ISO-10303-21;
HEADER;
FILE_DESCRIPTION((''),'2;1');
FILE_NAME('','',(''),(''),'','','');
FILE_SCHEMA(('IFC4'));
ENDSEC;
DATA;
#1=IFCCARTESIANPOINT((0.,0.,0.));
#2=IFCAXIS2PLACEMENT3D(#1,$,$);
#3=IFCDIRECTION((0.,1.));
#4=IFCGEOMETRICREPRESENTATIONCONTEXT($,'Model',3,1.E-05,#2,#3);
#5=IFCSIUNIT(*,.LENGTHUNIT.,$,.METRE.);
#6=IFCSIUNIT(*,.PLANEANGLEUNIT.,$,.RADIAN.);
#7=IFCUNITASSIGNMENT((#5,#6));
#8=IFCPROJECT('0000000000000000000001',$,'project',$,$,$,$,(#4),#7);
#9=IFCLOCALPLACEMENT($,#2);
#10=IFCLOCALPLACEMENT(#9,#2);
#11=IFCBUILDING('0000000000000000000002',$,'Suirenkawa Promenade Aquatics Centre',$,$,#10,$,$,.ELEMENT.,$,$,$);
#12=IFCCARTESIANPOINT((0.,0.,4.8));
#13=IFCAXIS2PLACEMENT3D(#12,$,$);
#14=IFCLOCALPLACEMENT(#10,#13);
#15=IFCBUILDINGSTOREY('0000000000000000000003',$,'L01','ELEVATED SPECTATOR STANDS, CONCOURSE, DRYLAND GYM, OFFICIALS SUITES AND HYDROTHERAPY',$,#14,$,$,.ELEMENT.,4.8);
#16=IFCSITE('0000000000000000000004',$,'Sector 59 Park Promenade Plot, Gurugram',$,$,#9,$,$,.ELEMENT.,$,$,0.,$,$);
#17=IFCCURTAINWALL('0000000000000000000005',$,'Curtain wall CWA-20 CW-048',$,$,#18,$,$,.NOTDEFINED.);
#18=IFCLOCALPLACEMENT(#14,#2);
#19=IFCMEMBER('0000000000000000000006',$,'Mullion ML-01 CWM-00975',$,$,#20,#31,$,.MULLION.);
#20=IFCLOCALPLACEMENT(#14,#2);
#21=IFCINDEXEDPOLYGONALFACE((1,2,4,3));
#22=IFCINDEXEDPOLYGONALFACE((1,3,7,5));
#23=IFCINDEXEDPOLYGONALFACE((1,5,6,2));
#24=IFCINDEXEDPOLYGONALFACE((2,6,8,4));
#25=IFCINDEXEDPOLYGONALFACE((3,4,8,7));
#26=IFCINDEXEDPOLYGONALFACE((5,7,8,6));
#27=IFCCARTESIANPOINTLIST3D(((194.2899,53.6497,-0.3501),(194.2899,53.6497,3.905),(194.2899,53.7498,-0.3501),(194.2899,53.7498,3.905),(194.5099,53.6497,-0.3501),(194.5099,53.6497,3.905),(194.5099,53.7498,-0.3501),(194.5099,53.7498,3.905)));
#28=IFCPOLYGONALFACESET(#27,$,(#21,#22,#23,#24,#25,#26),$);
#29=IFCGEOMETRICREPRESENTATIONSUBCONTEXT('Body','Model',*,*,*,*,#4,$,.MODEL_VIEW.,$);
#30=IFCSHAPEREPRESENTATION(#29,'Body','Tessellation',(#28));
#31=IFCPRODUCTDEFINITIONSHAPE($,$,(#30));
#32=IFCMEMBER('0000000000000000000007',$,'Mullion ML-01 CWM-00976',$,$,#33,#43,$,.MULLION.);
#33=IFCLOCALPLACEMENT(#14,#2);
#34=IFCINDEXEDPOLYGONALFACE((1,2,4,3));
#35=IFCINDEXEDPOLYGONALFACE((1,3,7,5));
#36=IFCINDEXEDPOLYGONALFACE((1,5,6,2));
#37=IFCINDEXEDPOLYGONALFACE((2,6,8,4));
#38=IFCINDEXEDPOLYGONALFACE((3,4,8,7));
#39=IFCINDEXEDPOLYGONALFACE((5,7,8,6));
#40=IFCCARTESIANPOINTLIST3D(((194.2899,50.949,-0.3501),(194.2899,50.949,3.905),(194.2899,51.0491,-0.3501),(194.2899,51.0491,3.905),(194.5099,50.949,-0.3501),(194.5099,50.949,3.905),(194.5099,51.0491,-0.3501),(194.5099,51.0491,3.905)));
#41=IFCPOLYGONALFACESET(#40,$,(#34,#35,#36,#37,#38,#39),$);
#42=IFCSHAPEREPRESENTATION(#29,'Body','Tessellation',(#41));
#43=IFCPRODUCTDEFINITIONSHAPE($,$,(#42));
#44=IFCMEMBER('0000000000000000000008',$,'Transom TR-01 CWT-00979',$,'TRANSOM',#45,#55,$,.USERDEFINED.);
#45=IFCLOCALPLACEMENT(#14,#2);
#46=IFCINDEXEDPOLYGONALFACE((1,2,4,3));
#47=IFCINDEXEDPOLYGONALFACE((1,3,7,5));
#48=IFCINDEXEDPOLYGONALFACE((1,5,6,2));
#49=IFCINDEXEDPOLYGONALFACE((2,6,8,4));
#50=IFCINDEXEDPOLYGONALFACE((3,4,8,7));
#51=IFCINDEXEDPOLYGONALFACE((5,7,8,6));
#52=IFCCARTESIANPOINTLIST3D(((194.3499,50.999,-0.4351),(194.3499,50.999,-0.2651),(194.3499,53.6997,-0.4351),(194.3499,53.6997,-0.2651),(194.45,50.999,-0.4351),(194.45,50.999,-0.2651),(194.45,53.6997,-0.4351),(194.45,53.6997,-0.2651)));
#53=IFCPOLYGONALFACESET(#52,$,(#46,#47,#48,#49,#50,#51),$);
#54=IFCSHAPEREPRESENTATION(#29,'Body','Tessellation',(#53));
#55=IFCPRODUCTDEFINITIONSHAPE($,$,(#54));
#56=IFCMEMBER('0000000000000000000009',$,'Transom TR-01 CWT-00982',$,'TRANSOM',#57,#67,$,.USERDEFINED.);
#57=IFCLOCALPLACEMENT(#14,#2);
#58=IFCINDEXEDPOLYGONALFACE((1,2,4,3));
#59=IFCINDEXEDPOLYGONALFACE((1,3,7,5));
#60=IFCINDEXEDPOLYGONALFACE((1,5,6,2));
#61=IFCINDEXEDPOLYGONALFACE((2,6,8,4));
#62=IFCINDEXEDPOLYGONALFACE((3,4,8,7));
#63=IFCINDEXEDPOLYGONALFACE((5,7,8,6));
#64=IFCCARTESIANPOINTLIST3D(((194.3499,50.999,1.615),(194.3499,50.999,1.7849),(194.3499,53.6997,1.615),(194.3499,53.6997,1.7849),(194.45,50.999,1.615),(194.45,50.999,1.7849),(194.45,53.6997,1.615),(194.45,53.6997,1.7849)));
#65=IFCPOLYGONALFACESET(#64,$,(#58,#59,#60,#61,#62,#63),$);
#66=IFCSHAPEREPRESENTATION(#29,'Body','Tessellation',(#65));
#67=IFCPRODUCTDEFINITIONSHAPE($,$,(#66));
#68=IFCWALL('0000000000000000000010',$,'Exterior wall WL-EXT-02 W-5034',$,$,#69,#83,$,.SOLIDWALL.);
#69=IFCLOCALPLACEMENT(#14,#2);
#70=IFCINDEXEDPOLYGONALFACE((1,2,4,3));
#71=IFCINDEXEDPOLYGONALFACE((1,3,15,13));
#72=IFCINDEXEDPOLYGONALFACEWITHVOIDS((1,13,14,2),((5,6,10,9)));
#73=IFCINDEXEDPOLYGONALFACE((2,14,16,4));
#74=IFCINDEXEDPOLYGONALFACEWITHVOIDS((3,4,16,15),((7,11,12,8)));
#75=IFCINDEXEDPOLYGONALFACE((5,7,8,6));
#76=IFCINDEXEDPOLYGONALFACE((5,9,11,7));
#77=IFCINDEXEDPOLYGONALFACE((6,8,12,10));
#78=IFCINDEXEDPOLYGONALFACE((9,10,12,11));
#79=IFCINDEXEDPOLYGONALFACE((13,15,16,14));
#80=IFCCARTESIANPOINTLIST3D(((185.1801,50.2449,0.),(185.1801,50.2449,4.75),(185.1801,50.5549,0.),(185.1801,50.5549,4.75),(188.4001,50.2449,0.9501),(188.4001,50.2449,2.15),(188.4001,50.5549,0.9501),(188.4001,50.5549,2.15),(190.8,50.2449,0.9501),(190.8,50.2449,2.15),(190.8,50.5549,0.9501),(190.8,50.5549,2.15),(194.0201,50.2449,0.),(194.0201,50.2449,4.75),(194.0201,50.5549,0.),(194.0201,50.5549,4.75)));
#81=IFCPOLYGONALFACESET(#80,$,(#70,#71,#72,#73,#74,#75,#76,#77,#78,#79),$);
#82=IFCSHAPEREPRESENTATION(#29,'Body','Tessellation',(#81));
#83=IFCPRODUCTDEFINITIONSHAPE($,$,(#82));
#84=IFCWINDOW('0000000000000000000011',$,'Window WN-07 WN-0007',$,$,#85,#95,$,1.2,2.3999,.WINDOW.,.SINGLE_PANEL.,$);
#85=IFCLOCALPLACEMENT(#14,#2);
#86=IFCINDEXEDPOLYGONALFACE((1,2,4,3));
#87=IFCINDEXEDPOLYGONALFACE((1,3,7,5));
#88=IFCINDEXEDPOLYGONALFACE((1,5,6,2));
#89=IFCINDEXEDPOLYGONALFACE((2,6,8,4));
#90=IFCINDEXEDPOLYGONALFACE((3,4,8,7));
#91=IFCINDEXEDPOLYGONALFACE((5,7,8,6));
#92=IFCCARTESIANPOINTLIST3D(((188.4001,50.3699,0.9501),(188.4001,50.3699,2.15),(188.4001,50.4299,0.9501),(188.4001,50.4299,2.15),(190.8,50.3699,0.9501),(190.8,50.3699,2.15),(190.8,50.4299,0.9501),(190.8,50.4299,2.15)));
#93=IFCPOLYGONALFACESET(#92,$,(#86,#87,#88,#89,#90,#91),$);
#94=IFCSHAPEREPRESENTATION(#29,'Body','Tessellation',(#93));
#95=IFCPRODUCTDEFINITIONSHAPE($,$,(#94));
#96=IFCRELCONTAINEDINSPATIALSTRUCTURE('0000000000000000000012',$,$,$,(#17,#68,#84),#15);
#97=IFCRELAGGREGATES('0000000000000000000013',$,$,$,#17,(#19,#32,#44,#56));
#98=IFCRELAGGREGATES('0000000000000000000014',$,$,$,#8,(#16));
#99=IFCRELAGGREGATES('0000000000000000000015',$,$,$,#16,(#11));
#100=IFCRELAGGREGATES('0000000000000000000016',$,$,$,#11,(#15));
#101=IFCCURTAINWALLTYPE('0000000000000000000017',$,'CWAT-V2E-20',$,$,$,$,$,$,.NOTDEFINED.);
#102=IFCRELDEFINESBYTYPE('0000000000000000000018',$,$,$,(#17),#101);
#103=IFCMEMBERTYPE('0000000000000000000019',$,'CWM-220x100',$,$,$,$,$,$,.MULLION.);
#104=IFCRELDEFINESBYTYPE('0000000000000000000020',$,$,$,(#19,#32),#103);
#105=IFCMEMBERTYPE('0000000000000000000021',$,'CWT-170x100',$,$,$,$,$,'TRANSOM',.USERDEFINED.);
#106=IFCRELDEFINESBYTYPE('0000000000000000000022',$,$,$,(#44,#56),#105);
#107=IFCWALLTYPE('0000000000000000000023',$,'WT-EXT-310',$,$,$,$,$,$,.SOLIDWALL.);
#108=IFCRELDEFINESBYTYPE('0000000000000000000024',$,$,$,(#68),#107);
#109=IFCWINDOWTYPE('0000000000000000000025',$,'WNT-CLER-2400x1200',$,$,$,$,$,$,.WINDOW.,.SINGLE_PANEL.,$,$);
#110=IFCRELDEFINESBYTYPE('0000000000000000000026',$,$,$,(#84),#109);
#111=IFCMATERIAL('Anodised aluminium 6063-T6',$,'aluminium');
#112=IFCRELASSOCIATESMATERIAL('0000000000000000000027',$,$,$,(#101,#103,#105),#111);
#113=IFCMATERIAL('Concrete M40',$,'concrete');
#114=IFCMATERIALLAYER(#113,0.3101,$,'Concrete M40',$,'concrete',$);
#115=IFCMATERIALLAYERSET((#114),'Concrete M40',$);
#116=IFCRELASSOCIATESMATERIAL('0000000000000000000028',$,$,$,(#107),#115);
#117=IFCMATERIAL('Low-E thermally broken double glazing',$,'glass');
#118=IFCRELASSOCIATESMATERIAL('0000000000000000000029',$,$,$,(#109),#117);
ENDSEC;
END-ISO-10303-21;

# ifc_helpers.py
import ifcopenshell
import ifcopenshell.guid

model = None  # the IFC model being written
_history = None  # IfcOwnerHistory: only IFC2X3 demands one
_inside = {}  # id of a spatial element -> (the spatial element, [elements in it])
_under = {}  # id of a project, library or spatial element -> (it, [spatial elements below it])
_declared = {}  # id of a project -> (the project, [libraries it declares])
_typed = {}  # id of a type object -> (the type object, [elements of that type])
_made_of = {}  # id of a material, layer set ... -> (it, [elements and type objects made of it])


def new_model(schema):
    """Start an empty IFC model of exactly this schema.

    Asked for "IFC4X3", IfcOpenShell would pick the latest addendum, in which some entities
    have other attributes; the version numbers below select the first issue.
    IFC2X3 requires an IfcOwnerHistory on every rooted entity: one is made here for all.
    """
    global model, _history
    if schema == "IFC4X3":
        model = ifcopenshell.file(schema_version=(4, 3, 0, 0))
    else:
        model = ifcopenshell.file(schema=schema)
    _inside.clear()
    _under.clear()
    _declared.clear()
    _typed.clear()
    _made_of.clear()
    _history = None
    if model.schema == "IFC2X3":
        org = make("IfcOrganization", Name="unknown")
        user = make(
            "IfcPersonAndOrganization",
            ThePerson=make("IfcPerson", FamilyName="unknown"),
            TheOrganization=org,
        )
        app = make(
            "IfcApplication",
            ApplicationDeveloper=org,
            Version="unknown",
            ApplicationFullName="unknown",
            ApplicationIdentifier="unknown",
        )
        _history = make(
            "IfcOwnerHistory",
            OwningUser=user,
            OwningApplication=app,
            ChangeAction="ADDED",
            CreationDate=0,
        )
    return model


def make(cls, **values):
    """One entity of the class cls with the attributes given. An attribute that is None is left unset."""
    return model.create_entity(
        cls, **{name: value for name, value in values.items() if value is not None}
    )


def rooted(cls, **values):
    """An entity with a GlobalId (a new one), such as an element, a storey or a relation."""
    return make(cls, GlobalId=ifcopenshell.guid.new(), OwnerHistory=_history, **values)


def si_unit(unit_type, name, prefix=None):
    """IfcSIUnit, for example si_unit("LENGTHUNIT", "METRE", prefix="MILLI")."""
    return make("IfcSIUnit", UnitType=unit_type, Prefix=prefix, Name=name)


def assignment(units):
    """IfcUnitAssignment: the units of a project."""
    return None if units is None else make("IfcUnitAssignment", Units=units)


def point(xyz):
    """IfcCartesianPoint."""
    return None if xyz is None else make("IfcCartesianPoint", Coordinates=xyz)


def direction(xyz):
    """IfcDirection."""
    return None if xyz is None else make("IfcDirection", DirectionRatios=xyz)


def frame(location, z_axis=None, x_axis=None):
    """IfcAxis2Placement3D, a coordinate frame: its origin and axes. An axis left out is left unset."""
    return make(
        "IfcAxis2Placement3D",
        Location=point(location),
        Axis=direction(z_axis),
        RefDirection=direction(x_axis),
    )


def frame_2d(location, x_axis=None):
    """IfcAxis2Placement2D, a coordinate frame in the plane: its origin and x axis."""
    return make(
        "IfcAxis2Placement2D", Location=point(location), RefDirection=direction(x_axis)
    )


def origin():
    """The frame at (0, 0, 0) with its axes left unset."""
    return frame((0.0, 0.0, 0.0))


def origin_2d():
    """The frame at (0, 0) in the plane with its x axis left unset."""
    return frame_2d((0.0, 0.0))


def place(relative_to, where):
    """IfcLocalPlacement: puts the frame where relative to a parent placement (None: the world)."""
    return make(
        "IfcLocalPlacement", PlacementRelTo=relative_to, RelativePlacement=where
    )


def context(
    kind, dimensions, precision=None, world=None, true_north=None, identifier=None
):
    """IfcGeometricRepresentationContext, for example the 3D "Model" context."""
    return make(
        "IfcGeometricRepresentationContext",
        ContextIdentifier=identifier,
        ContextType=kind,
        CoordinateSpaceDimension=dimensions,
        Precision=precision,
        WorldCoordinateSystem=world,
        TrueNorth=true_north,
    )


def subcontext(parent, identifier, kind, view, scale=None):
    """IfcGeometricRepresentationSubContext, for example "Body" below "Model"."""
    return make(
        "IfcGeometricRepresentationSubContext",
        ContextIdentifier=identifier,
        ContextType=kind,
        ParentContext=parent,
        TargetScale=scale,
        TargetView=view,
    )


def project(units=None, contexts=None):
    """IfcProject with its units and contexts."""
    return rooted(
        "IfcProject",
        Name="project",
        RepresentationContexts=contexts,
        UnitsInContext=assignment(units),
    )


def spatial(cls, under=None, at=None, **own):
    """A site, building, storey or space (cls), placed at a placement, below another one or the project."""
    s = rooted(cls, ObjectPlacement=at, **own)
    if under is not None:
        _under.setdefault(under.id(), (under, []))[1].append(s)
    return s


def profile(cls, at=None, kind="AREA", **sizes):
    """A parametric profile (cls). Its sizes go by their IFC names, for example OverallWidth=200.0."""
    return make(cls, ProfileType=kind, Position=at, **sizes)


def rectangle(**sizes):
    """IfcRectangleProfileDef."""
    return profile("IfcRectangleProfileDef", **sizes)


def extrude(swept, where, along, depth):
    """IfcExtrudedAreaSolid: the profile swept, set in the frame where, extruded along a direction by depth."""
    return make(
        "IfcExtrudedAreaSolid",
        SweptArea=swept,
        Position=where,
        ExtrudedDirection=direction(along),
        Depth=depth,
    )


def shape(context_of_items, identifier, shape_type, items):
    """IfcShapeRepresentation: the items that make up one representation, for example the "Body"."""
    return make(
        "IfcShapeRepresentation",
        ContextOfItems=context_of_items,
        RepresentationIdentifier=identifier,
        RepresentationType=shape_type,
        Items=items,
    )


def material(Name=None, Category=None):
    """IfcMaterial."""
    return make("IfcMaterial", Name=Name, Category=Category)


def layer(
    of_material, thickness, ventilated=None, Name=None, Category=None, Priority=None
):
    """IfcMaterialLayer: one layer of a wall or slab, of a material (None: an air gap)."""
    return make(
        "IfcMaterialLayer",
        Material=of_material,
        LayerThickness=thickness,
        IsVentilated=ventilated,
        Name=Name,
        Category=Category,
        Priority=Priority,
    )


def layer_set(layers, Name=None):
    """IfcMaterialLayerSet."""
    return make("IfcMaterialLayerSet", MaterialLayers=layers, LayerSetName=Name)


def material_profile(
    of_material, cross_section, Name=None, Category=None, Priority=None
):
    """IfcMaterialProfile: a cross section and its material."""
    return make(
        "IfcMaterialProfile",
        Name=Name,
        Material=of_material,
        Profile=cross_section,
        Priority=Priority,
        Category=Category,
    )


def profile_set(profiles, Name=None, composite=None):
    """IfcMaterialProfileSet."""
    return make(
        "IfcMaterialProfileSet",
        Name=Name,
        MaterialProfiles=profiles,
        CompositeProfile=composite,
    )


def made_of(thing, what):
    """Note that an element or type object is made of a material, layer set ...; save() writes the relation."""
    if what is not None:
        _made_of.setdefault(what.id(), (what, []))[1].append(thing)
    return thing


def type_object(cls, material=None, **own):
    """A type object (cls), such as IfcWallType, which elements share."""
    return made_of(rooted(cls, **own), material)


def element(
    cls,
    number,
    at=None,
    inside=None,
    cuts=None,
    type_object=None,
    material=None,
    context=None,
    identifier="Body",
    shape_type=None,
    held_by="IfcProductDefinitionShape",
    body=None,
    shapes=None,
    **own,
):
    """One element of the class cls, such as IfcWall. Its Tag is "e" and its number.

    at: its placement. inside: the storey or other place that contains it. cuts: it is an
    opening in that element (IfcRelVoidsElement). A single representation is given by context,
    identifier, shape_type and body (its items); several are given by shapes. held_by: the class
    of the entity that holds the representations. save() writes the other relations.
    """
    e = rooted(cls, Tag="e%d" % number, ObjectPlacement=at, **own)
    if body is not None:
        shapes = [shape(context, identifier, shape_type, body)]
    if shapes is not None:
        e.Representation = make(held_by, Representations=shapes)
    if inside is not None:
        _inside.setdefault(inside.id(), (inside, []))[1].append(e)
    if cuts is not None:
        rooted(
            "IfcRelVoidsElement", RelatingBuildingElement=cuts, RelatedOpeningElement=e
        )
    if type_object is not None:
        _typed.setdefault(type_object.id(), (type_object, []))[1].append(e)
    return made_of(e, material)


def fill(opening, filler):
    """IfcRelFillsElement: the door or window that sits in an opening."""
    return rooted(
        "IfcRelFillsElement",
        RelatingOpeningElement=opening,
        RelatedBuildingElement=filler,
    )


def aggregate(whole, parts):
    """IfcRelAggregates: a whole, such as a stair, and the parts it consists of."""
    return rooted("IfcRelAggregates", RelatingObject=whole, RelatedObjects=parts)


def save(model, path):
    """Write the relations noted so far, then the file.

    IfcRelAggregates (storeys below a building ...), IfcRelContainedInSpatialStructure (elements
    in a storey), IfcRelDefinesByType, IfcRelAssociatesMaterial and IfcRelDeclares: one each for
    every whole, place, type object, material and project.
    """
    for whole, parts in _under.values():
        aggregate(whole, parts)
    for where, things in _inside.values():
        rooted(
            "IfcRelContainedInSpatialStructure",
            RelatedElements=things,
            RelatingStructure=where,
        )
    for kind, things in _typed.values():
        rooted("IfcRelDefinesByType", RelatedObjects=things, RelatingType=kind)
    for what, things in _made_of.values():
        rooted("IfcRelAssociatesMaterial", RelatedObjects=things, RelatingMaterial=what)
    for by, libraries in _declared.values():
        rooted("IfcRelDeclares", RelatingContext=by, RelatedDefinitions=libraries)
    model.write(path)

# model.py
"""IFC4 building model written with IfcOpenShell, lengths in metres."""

from ifc_helpers import new_model, si_unit, direction, frame, frame_2d, origin, origin_2d, place, context, subcontext, project, spatial, rectangle, extrude, material, layer, layer_set, material_profile, profile_set, type_object, element, fill, aggregate, save


model = new_model("IFC4")

# Units and contexts
model_context = context("Model", 3, precision=1e-05, world=origin(), true_north=direction((0.0, 1.0)))
body_context = subcontext(model_context, "Body", "Model", "MODEL_VIEW")
ifc_project = project(units=[si_unit("LENGTHUNIT", "METRE"), si_unit("PLANEANGLEUNIT", "RADIAN")], contexts=[model_context])

# Site, building, storey
site_placement = place(None, origin())
site = spatial("IfcSite", under=ifc_project, at=site_placement, Name="Sector 59 Park Promenade Plot, Gurugram", CompositionType="ELEMENT", RefElevation=0.0)
building_placement = place(site_placement, origin())
building = spatial("IfcBuilding", under=site, at=building_placement, Name="Suirenkawa Promenade Aquatics Centre", CompositionType="ELEMENT")
storey_placement = place(building_placement, frame((0.0, 0.0, 4.8)))
storey = spatial("IfcBuildingStorey", under=building, at=storey_placement, Name="L01", Description="ELEVATED SPECTATOR STANDS, CONCOURSE, DRYLAND GYM, OFFICIALS SUITES AND HYDROTHERAPY", CompositionType="ELEMENT", Elevation=4.8)

# Shared definitions
ifc_material_1 = material(Name="Concrete M40", Category="concrete")

# Curtain wall, members
ifc_material_2 = material(Name="Anodised aluminium 6063-T6", Category="aluminium")
curtain_wall_type = type_object("IfcCurtainWallType", Name="CWAT-V2E-20", PredefinedType="NOTDEFINED", material=ifc_material_2)
curtain_wall_placement = place(storey_placement, origin())
curtain_wall = element("IfcCurtainWall", 1, at=curtain_wall_placement, inside=storey, type_object=curtain_wall_type, Name="Curtain wall CWA-20 CW-048", PredefinedType="NOTDEFINED")
ifc_material_profile_1 = material_profile(ifc_material_2, rectangle(XDim=0.1001, YDim=0.22, at=origin_2d()), Name="ALU MULL 100x220", Category="aluminium")
ifc_profile_set_1 = profile_set([ifc_material_profile_1], Name="Anodised aluminium 6063-T6")
member_type_1 = type_object("IfcMemberType", Name="CWM-220x100", PredefinedType="MULLION", material=ifc_profile_set_1)
member_1_placement = place(storey_placement, frame((194.3999, 53.6997, -0.3501), z_axis=(0.0, 0.0, 1.0), x_axis=(0.0, -1.0, 0.0)))
member_1 = element("IfcMember", 2, at=member_1_placement, type_object=member_type_1, Name="Mullion ML-01 CWM-00975", PredefinedType="MULLION", context=body_context, shape_type="SweptSolid", body=[
    extrude(rectangle(XDim=0.1001, YDim=0.22, at=origin_2d()), origin(), (0.0, 0.0, 1.0), 4.2551),
])
member_2_placement = place(storey_placement, frame((194.3999, 50.999, -0.3501), z_axis=(0.0, 0.0, 1.0), x_axis=(0.0, -1.0, 0.0)))
member_2 = element("IfcMember", 3, at=member_2_placement, type_object=member_type_1, Name="Mullion ML-01 CWM-00976", PredefinedType="MULLION", context=body_context, shape_type="SweptSolid", body=[
    extrude(rectangle(XDim=0.1001, YDim=0.22, at=origin_2d()), origin(), (0.0, 0.0, 1.0), 4.2551),
])
ifc_material_profile_2 = material_profile(ifc_material_2, rectangle(XDim=0.1001, YDim=0.1699, at=origin_2d()), Name="ALU TRAN 100x170", Category="aluminium")
ifc_profile_set_2 = profile_set([ifc_material_profile_2], Name="Anodised aluminium 6063-T6")
member_type_2 = type_object("IfcMemberType", Name="CWT-170x100", ElementType="TRANSOM", PredefinedType="USERDEFINED", material=ifc_profile_set_2)
member_3_placement = place(storey_placement, frame((194.3999, 53.6997, -0.3501), z_axis=(0.0, -1.0, 0.0), x_axis=(1.0, 0.0, 0.0)))
member_3 = element("IfcMember", 4, at=member_3_placement, type_object=member_type_2, Name="Transom TR-01 CWT-00979", ObjectType="TRANSOM", PredefinedType="USERDEFINED", context=body_context, shape_type="SweptSolid", body=[
    extrude(rectangle(XDim=0.1001, YDim=0.1699, at=origin_2d()), origin(), (0.0, 0.0, 1.0), 2.7007),
])
member_4_placement = place(storey_placement, frame((194.3999, 53.6997, 1.7), z_axis=(0.0, -1.0, 0.0), x_axis=(1.0, 0.0, 0.0)))
member_4 = element("IfcMember", 5, at=member_4_placement, type_object=member_type_2, Name="Transom TR-01 CWT-00982", ObjectType="TRANSOM", PredefinedType="USERDEFINED", context=body_context, shape_type="SweptSolid", body=[
    extrude(rectangle(XDim=0.1001, YDim=0.1699, at=origin_2d()), origin(), (0.0, 0.0, 1.0), 2.7007),
])
aggregate(curtain_wall, [member_1, member_2, member_3, member_4])

# Wall, opening, window
ifc_layer = layer(ifc_material_1, 0.3101, Name="Concrete M40", Category="concrete")
ifc_layer_set = layer_set([ifc_layer], Name="Concrete M40")
wall_type = type_object("IfcWallType", Name="WT-EXT-310", PredefinedType="SOLIDWALL", material=ifc_layer_set)
wall_placement = place(storey_placement, frame((194.02, 50.3999, 0.0), z_axis=(0.0, 0.0, 1.0), x_axis=(-1.0, 0.0, 0.0)))
wall = element("IfcWall", 6, at=wall_placement, inside=storey, type_object=wall_type, Name="Exterior wall WL-EXT-02 W-5034", PredefinedType="SOLIDWALL", context=body_context, shape_type="SweptSolid", body=[
    extrude(rectangle(XDim=8.8401, YDim=0.3101, at=frame_2d((4.4199, 0.0))), origin(), (0.0, 0.0, 1.0), 4.75),
])
opening_placement = place(wall_placement, frame((3.22, 0.0, 0.95)))
opening = element("IfcOpeningElement", 7, at=opening_placement, cuts=wall, PredefinedType="OPENING", context=body_context, shape_type="SweptSolid", body=[
    extrude(rectangle(XDim=2.3999, YDim=1.2, at=frame_2d((1.2, 0.6001))), frame((0.0, 0.165, 0.0), z_axis=(0.0, -1.0, 0.0), x_axis=(1.0, 0.0, 0.0)), (0.0, 0.0, 1.0), 0.3301),
])
ifc_material_3 = material(Name="Low-E thermally broken double glazing", Category="glass")
window_type = type_object("IfcWindowType", Name="WNT-CLER-2400x1200", PartitioningType="SINGLE_PANEL", PredefinedType="WINDOW", material=ifc_material_3)
window_placement = place(opening_placement, origin())
window = element("IfcWindow", 8, at=window_placement, inside=storey, type_object=window_type, Name="Window WN-07 WN-0007", OverallHeight=1.2, OverallWidth=2.3999, PartitioningType="SINGLE_PANEL", PredefinedType="WINDOW", context=body_context, shape_type="SweptSolid", body=[
    extrude(rectangle(XDim=2.3999, YDim=1.2, at=frame_2d((1.2, 0.6001))), frame((0.0, 0.03, 0.0), z_axis=(0.0, -1.0, 0.0), x_axis=(1.0, 0.0, 0.0)), (0.0, 0.0, 1.0), 0.0601),
])
fill(opening, window)

save(model, "model.ifc")
